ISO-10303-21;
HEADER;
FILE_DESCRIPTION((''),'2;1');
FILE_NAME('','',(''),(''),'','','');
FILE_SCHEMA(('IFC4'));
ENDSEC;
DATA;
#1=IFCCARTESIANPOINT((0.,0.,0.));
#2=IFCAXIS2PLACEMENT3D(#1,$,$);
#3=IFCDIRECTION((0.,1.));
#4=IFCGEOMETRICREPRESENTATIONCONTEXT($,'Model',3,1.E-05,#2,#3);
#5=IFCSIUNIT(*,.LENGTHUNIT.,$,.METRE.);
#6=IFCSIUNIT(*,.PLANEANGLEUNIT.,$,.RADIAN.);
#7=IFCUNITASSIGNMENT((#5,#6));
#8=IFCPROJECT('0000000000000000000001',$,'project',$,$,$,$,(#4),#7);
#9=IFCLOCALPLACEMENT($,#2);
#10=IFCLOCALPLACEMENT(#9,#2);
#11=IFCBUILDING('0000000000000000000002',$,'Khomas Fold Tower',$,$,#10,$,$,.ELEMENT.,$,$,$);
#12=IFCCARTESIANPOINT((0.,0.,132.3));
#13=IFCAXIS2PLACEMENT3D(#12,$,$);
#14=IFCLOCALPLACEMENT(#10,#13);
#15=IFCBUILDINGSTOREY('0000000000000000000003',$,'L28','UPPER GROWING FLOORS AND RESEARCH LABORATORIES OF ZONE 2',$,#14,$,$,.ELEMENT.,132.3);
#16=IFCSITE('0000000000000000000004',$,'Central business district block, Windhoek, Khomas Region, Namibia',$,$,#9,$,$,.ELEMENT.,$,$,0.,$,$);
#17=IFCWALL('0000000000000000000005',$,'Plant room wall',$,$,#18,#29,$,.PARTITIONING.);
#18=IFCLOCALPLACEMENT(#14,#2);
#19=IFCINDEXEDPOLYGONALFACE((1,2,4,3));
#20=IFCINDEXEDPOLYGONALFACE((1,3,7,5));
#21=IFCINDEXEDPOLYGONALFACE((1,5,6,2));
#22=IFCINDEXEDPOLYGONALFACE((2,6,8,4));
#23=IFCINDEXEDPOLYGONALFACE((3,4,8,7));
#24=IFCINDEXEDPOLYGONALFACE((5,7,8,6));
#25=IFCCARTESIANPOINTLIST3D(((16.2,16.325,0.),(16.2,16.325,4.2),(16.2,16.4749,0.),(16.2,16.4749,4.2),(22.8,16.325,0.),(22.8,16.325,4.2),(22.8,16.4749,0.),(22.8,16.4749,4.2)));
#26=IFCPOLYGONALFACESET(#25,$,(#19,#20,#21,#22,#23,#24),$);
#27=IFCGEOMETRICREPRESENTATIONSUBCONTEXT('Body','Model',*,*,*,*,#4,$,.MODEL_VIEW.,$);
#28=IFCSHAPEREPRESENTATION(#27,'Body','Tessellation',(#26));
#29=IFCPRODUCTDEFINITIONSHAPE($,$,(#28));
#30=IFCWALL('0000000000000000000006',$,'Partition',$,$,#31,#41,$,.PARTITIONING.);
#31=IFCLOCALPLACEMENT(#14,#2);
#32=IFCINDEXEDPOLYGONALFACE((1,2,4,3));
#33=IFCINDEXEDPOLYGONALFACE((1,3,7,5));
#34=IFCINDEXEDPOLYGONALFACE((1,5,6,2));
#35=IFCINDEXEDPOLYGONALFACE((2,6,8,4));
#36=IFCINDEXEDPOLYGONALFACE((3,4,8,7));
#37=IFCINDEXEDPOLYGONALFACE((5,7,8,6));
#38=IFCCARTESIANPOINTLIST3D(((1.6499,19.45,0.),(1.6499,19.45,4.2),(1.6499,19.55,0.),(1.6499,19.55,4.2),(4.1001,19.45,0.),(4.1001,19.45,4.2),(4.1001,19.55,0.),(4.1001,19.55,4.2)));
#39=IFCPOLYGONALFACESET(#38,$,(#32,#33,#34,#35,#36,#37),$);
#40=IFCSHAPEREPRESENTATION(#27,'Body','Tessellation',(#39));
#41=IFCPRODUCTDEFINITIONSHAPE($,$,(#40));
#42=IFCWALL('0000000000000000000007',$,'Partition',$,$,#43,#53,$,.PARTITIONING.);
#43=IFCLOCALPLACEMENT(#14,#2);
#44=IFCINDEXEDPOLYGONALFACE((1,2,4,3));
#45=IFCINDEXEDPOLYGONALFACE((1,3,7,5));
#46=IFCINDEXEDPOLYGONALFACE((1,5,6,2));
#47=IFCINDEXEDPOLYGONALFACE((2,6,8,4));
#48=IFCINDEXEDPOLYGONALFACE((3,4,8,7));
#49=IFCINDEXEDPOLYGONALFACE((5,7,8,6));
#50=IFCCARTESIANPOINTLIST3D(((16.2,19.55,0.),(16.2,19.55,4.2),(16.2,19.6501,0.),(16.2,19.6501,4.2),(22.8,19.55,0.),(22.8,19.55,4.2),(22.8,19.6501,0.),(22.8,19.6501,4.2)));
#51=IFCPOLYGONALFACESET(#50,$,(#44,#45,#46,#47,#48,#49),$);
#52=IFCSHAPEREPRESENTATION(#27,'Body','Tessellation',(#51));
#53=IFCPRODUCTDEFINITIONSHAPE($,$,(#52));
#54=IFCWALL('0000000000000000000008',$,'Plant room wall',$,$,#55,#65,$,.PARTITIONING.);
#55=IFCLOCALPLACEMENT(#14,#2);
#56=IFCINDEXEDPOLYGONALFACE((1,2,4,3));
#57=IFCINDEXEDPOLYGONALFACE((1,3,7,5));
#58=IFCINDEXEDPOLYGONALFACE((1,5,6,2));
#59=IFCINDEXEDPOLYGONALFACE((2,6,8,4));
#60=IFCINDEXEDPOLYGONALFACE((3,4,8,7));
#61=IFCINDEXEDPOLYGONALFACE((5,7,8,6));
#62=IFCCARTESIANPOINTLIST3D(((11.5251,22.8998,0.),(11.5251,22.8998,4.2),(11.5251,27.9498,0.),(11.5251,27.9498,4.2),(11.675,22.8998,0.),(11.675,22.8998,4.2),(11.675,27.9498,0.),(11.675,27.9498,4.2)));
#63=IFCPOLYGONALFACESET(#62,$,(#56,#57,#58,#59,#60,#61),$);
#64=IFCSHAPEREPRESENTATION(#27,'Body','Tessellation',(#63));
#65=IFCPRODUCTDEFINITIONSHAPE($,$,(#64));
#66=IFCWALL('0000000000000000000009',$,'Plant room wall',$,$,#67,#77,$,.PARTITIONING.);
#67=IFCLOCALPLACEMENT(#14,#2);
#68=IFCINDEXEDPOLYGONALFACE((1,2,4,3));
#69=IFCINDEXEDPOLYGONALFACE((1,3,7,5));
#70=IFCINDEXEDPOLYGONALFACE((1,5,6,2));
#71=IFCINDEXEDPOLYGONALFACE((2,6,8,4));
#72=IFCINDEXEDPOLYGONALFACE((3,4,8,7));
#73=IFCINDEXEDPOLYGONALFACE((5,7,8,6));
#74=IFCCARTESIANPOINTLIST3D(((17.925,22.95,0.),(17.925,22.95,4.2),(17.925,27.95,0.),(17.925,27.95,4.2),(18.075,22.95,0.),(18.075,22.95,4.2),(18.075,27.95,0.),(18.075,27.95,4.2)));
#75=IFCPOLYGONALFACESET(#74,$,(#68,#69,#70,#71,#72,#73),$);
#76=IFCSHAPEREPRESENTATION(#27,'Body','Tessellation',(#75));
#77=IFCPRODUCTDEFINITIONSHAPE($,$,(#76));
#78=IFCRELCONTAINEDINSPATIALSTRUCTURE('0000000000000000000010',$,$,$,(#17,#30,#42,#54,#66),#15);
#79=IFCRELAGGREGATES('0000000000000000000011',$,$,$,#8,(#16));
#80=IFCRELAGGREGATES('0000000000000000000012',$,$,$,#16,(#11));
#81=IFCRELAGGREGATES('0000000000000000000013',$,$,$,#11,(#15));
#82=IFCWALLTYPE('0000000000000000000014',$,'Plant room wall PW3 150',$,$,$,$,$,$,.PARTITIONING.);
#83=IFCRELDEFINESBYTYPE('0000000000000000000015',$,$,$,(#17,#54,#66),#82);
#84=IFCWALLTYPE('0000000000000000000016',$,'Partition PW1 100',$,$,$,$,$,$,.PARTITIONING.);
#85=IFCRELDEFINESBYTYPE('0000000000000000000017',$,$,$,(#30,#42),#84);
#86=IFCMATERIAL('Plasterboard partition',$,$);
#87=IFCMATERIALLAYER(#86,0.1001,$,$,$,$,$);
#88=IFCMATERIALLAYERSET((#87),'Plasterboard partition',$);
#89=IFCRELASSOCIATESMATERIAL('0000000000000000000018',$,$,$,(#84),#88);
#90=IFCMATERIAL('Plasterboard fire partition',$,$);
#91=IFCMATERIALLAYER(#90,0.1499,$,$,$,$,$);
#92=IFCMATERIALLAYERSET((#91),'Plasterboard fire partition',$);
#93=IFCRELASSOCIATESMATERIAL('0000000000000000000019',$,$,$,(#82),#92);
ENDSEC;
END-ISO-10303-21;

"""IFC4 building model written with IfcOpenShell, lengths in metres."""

from ifc_helpers import new_model, si_unit, direction, frame, frame_2d, origin, place, context, subcontext, project, spatial, rectangle, extrude, source, transform, mapped, material, layer, layer_set, type_object, element, save


model = new_model("IFC4")

# Units and contexts
model_context = context("Model", 3, precision=1e-05, world=origin(), true_north=direction((0.0, 1.0)))
body_context = subcontext(model_context, "Body", "Model", "MODEL_VIEW")
ifc_project = project(units=[si_unit("LENGTHUNIT", "METRE"), si_unit("PLANEANGLEUNIT", "RADIAN")], contexts=[model_context])

# Site, building, storey
site_placement = place(None, origin())
site = spatial("IfcSite", under=ifc_project, at=site_placement, Name="Central business district block, Windhoek, Khomas Region, Namibia", CompositionType="ELEMENT", RefElevation=0.0)
building_placement = place(site_placement, origin())
building = spatial("IfcBuilding", under=site, at=building_placement, Name="Khomas Fold Tower", CompositionType="ELEMENT")
storey_placement = place(building_placement, frame((0.0, 0.0, 132.3)))
storey = spatial("IfcBuildingStorey", under=building, at=storey_placement, Name="L28", Description="UPPER GROWING FLOORS AND RESEARCH LABORATORIES OF ZONE 2", CompositionType="ELEMENT", Elevation=132.3)

# Walls
ifc_material_1 = material(Name="Plasterboard partition")
ifc_layer_1 = layer(ifc_material_1, 0.1001)
ifc_layer_set_1 = layer_set([ifc_layer_1], Name="Plasterboard partition")
wall_type_1 = type_object("IfcWallType", Name="Partition PW1 100", PredefinedType="PARTITIONING", material=ifc_layer_set_1)
ifc_material_2 = material(Name="Plasterboard fire partition")
ifc_layer_2 = layer(ifc_material_2, 0.1499)
ifc_layer_set_2 = layer_set([ifc_layer_2], Name="Plasterboard fire partition")
wall_type_2 = type_object("IfcWallType", Name="Plant room wall PW3 150", PredefinedType="PARTITIONING", material=ifc_layer_set_2)
shared_shape_1 = source(origin(), body_context, "Body", "SweptSolid", [
    extrude(rectangle(XDim=6.6001, YDim=0.1499, at=frame_2d((3.3, 0.0))), origin(), (0.0, 0.0, 1.0), 4.2),
])
wall_1_placement = place(storey_placement, frame((16.2, 16.3999, 0.0), z_axis=(0.0, 0.0, 1.0), x_axis=(1.0, 0.0, 0.0)))
element("IfcWall", 1, at=wall_1_placement, inside=storey, type_object=wall_type_2, Name="Plant room wall", PredefinedType="PARTITIONING", context=body_context, shape_type="MappedRepresentation", body=[
    mapped(shared_shape_1, transform((0.0, 0.0, 0.0))),
])
shared_shape_2 = source(origin(), body_context, "Body", "SweptSolid", [
    extrude(rectangle(XDim=2.4502, YDim=0.1001, at=frame_2d((1.2251, 0.0))), origin(), (0.0, 0.0, 1.0), 4.2),
])
wall_2_placement = place(storey_placement, frame((1.6499, 19.5, 0.0), z_axis=(0.0, 0.0, 1.0), x_axis=(1.0, 0.0, 0.0)))
element("IfcWall", 2, at=wall_2_placement, inside=storey, type_object=wall_type_1, Name="Partition", PredefinedType="PARTITIONING", context=body_context, shape_type="MappedRepresentation", body=[
    mapped(shared_shape_2, transform((0.0, 0.0, 0.0))),
])
shared_shape_3 = source(origin(), body_context, "Body", "SweptSolid", [
    extrude(rectangle(XDim=6.6001, YDim=0.1001, at=frame_2d((3.3, 0.0))), origin(), (0.0, 0.0, 1.0), 4.2),
])
wall_3_placement = place(storey_placement, frame((16.2, 19.6001, 0.0), z_axis=(0.0, 0.0, 1.0), x_axis=(1.0, 0.0, 0.0)))
element("IfcWall", 3, at=wall_3_placement, inside=storey, type_object=wall_type_1, Name="Partition", PredefinedType="PARTITIONING", context=body_context, shape_type="MappedRepresentation", body=[
    mapped(shared_shape_3, transform((0.0, 0.0, 0.0))),
])
shared_shape_4 = source(origin(), body_context, "Body", "SweptSolid", [
    extrude(rectangle(XDim=5.05, YDim=0.1499, at=frame_2d((2.5249, 0.0))), origin(), (0.0, 0.0, 1.0), 4.2),
])
wall_4_placement = place(storey_placement, frame((11.6001, 22.8999, 0.0), z_axis=(0.0, 0.0, 1.0), x_axis=(0.0, 1.0, 0.0)))
element("IfcWall", 4, at=wall_4_placement, inside=storey, type_object=wall_type_2, Name="Plant room wall", PredefinedType="PARTITIONING", context=body_context, shape_type="MappedRepresentation", body=[
    mapped(shared_shape_4, transform((0.0, 0.0, 0.0))),
])
shared_shape_5 = source(origin(), body_context, "Body", "SweptSolid", [
    extrude(rectangle(XDim=5.0, YDim=0.1499, at=frame_2d((2.5, 0.0))), origin(), (0.0, 0.0, 1.0), 4.2),
])
wall_5_placement = place(storey_placement, frame((18.0, 22.95, 0.0), z_axis=(0.0, 0.0, 1.0), x_axis=(0.0, 1.0, 0.0)))
element("IfcWall", 5, at=wall_5_placement, inside=storey, type_object=wall_type_2, Name="Plant room wall", PredefinedType="PARTITIONING", context=body_context, shape_type="MappedRepresentation", body=[
    mapped(shared_shape_5, transform((0.0, 0.0, 0.0))),
])

save(model, "model.ifc")
